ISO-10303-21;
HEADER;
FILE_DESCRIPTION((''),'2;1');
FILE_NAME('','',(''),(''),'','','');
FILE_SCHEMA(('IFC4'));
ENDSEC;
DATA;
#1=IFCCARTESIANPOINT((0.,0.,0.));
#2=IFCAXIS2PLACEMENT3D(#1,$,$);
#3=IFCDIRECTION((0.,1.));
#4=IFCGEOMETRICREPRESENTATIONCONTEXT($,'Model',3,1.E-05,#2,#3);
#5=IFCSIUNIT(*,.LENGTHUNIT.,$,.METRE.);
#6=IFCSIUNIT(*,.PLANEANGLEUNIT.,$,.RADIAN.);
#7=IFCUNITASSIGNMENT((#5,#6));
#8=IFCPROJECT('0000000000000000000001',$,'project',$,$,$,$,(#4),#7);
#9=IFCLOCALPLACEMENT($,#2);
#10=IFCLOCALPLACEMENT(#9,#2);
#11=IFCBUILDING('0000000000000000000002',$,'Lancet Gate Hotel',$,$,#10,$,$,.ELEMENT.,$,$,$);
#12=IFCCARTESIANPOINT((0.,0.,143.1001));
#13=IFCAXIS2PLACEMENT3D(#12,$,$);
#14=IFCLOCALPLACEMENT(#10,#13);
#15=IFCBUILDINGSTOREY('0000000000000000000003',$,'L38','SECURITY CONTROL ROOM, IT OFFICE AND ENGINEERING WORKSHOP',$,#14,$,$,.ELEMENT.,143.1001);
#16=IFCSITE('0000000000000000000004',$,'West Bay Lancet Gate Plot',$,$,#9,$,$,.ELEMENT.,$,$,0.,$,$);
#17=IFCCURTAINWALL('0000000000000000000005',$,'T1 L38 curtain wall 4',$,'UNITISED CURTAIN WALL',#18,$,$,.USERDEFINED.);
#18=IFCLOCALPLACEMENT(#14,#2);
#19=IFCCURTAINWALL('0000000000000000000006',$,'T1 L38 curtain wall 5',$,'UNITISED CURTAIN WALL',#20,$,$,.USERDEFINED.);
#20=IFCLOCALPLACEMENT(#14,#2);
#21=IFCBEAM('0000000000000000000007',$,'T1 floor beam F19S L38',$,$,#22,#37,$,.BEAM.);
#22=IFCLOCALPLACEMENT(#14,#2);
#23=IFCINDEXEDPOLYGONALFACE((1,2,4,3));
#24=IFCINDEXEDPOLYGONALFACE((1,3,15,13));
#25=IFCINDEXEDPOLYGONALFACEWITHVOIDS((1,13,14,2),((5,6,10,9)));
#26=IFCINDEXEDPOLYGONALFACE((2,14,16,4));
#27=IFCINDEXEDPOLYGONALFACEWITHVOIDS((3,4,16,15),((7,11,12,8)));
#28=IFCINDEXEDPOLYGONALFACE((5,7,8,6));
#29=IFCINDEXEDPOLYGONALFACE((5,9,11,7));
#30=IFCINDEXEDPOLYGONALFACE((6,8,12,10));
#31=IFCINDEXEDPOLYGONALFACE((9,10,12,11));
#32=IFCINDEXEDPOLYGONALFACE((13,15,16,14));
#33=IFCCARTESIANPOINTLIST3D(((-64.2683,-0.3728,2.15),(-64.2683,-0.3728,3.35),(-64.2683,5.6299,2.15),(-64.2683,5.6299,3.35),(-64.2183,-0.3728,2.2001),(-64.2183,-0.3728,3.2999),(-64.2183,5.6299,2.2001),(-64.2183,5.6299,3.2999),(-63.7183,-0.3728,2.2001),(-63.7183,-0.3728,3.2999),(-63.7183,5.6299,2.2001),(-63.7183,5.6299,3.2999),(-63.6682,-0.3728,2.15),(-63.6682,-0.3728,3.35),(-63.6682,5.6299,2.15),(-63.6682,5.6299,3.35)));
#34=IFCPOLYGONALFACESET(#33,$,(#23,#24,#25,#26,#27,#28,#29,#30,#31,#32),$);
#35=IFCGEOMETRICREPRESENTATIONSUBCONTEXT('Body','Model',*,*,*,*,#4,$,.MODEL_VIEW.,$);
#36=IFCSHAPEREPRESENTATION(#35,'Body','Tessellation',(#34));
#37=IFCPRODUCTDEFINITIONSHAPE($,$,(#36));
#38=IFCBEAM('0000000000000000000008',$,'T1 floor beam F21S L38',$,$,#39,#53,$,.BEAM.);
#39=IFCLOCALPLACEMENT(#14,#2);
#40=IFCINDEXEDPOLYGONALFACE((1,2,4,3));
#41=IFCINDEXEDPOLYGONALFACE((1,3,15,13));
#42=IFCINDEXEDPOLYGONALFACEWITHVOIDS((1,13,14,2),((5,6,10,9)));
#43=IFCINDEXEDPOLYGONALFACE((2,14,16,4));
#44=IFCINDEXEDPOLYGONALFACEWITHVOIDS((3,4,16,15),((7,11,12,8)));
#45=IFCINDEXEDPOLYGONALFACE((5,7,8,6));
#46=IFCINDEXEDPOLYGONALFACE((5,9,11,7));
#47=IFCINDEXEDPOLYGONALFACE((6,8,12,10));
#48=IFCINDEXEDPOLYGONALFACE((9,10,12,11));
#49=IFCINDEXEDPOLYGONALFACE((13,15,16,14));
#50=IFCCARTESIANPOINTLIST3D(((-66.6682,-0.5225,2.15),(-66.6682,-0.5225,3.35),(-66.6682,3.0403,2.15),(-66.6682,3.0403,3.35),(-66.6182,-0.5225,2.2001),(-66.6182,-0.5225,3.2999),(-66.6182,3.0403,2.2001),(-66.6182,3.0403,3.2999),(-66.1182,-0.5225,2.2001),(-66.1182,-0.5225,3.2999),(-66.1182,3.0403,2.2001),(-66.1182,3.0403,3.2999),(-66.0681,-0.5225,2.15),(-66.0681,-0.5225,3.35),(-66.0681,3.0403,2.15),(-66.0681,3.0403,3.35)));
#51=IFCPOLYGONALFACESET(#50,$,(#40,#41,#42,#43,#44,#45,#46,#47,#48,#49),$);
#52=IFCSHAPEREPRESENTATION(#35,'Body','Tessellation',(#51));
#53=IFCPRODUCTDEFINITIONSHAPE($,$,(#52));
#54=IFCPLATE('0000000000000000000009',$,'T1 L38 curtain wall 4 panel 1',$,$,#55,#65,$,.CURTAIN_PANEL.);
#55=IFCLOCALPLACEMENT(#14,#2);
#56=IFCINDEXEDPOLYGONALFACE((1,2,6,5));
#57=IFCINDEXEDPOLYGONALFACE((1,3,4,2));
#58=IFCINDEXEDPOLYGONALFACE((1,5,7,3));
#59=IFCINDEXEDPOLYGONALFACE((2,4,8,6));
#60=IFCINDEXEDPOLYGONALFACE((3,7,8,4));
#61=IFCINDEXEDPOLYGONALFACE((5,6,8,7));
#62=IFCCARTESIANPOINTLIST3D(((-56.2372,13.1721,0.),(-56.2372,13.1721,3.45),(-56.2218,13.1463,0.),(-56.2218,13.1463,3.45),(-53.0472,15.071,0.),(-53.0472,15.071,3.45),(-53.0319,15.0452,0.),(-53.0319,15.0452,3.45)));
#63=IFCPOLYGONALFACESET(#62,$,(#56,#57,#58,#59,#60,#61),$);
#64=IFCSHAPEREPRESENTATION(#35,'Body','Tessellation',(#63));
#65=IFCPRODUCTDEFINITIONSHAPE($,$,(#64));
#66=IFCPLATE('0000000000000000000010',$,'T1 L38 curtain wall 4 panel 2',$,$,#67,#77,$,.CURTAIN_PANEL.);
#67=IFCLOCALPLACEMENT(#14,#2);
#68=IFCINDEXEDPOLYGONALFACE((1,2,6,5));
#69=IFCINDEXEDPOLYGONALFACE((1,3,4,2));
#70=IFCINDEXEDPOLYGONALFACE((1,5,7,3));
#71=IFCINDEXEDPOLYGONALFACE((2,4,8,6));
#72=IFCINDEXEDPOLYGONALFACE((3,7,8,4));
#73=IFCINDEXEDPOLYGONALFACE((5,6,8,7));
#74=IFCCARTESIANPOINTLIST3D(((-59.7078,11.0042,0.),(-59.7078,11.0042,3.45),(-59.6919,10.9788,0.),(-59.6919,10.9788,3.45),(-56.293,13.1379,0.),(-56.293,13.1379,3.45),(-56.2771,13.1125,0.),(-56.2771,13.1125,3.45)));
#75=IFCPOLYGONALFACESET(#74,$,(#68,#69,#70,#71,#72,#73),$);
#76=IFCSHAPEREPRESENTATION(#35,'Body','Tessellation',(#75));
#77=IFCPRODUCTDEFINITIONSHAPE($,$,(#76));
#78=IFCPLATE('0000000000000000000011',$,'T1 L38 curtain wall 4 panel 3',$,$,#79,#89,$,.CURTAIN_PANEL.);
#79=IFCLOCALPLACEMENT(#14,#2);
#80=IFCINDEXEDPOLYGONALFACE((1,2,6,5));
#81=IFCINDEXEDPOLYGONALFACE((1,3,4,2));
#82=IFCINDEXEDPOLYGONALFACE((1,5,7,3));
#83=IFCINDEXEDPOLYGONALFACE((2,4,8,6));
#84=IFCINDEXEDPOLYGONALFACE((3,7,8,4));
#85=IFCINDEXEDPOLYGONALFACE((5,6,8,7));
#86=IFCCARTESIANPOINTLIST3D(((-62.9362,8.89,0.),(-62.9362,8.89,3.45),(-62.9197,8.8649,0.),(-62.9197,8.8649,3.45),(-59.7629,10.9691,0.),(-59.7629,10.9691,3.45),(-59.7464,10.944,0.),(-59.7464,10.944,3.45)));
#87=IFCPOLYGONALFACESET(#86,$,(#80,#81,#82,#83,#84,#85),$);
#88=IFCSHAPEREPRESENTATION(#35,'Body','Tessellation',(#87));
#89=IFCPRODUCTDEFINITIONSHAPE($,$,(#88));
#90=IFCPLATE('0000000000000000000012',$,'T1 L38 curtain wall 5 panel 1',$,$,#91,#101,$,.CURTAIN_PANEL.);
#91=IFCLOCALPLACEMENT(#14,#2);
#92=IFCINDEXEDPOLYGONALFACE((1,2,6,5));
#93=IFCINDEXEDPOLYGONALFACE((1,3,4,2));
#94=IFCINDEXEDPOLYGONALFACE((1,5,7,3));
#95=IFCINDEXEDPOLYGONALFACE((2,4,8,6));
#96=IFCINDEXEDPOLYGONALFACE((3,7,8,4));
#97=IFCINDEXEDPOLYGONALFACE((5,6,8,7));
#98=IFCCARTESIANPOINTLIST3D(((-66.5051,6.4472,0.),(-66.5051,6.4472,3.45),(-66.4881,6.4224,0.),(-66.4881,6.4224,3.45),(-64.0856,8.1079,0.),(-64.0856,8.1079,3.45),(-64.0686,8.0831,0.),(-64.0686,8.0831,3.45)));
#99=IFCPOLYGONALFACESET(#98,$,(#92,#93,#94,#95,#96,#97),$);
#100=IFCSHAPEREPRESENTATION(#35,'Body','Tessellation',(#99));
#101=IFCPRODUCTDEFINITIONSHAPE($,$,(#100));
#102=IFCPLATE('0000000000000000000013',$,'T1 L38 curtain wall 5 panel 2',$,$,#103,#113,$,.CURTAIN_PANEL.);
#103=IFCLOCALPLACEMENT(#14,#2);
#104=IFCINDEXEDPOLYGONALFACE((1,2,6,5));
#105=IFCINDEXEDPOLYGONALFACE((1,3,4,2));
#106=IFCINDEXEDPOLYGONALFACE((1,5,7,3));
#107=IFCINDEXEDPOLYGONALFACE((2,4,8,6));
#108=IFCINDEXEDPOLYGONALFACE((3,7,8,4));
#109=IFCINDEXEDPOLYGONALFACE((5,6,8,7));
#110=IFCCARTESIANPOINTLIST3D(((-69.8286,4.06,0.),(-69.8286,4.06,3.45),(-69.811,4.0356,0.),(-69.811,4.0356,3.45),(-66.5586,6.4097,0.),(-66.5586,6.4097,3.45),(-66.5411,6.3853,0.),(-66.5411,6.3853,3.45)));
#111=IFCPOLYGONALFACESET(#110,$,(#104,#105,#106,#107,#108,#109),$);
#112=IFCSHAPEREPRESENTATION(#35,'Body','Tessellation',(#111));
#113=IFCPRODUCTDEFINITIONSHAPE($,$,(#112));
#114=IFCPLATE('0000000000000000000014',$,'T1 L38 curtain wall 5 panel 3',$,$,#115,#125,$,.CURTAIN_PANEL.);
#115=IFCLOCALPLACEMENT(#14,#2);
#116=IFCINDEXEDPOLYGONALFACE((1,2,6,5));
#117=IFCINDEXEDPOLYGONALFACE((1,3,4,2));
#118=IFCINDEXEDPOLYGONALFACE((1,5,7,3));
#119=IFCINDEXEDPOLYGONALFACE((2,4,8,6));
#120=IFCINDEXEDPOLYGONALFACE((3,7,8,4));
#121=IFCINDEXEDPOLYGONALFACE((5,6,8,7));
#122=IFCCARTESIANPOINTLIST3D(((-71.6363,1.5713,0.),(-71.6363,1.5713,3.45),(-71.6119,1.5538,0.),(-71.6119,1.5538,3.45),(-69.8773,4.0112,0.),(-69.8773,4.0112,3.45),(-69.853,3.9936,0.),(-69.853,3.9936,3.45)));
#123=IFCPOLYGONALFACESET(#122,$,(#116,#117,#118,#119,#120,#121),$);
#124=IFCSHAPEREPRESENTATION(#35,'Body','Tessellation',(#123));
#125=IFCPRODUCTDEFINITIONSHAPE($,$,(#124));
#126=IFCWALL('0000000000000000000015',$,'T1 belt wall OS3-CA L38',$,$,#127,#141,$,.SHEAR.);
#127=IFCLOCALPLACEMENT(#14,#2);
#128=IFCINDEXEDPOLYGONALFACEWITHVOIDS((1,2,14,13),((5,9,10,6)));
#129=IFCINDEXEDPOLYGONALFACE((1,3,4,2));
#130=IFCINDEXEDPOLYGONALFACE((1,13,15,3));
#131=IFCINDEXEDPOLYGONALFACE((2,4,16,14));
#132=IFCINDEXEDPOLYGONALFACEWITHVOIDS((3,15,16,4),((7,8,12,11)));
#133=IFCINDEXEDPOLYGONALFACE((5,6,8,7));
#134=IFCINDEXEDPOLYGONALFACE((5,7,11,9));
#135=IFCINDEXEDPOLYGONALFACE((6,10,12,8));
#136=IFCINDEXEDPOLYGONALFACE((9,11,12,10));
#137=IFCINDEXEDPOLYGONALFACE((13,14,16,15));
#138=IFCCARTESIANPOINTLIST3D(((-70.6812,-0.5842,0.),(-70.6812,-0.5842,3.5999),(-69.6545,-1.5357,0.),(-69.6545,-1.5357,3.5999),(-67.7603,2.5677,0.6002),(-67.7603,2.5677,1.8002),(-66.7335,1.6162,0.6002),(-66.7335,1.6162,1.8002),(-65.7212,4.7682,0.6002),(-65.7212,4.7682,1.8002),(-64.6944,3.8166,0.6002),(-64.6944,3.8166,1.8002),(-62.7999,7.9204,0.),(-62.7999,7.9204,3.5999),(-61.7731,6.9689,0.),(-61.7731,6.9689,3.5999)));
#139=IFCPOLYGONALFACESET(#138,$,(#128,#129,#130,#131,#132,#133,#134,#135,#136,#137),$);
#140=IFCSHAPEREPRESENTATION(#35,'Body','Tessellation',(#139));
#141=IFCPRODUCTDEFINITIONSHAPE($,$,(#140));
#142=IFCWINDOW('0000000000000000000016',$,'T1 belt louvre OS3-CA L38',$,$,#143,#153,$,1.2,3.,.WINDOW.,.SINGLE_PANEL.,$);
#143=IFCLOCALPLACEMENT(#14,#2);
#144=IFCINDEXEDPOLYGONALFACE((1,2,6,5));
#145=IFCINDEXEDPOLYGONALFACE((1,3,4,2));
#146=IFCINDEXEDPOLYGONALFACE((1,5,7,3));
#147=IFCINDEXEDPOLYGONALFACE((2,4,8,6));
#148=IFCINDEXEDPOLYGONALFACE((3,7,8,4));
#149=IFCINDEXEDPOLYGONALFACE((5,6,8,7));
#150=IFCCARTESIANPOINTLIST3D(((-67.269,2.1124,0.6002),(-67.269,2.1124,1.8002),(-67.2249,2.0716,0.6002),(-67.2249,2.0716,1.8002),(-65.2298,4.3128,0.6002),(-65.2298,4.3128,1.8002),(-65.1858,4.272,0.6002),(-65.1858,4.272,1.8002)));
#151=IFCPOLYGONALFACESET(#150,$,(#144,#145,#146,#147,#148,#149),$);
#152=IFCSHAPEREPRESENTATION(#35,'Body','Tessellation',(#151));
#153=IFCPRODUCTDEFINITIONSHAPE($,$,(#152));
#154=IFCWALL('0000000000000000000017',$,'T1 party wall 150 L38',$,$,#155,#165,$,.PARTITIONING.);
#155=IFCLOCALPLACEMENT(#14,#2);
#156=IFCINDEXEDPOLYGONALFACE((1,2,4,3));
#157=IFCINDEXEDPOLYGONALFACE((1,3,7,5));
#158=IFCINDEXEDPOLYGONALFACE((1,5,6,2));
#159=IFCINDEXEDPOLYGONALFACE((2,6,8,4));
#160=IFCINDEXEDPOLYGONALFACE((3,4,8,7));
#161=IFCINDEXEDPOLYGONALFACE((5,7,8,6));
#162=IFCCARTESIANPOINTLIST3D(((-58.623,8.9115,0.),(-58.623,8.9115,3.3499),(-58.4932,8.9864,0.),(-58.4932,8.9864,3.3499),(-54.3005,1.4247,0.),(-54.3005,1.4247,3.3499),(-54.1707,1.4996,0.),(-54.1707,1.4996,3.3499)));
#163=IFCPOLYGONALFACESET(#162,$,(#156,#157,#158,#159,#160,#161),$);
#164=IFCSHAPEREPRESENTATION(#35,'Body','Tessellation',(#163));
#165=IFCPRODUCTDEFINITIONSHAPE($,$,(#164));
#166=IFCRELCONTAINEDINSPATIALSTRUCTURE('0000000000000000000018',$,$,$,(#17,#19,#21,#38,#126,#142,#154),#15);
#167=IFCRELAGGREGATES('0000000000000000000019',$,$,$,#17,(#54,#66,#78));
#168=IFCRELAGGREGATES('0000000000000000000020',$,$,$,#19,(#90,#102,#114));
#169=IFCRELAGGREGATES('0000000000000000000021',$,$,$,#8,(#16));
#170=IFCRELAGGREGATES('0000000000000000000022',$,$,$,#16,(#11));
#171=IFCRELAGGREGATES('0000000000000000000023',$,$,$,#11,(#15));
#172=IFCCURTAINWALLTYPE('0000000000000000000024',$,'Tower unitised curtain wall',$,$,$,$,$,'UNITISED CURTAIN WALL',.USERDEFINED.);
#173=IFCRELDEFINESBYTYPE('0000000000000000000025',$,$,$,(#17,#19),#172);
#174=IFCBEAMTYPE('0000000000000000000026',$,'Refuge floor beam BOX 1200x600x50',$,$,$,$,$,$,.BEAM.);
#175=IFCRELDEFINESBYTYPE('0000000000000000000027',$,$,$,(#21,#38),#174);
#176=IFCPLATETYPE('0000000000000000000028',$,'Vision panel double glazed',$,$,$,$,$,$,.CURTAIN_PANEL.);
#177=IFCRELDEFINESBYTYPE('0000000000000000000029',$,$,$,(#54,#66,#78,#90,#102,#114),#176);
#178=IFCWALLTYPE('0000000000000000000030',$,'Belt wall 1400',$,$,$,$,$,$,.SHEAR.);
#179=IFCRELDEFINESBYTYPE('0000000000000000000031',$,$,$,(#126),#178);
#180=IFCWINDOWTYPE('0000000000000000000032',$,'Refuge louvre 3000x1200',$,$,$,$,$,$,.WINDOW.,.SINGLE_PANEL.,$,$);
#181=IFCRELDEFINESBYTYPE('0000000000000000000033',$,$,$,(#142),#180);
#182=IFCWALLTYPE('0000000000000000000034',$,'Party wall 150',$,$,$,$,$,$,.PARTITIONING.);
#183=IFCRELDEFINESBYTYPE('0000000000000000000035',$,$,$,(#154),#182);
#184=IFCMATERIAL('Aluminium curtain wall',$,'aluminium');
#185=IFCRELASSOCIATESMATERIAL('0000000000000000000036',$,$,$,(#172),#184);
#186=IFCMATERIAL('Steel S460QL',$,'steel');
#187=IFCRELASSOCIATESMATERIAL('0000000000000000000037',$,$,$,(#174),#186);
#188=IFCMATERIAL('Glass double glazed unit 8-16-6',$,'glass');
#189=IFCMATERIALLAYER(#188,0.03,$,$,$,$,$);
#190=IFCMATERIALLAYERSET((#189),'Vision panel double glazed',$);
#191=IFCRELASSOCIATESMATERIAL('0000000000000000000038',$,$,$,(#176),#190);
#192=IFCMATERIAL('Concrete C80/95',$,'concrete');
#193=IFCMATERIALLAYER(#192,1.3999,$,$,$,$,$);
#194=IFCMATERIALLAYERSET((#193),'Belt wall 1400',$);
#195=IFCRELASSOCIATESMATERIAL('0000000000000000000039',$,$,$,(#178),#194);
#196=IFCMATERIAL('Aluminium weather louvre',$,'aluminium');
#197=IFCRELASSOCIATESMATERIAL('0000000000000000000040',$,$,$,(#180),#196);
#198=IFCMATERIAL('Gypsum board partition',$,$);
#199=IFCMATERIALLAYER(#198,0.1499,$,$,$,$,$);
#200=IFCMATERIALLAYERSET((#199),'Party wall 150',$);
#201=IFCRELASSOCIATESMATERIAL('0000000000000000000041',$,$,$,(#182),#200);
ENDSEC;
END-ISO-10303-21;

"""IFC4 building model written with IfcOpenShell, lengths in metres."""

from ifc_helpers import new_model, si_unit, direction, frame, frame_2d, origin, origin_2d, place, context, subcontext, project, spatial, rectangle, hollow_rectangle, extrude, material, layer, layer_set, material_profile, profile_set, type_object, element, fill, aggregate, save


model = new_model("IFC4")

# Units and contexts
model_context = context("Model", 3, precision=1e-05, world=origin(), true_north=direction((0.0, 1.0)))
body_context = subcontext(model_context, "Body", "Model", "MODEL_VIEW")
ifc_project = project(units=[si_unit("LENGTHUNIT", "METRE"), si_unit("PLANEANGLEUNIT", "RADIAN")], contexts=[model_context])

# Site, building, storey
site_placement = place(None, origin())
site = spatial("IfcSite", under=ifc_project, at=site_placement, Name="West Bay Lancet Gate Plot", CompositionType="ELEMENT", RefElevation=0.0)
building_placement = place(site_placement, origin())
building = spatial("IfcBuilding", under=site, at=building_placement, Name="Lancet Gate Hotel", CompositionType="ELEMENT")
storey_placement = place(building_placement, frame((0.0, 0.0, 143.1001)))
storey = spatial("IfcBuildingStorey", under=building, at=storey_placement, Name="L38", Description="SECURITY CONTROL ROOM, IT OFFICE AND ENGINEERING WORKSHOP", CompositionType="ELEMENT", Elevation=143.1001)

# Curtain walls
ifc_material_1 = material(Name="Aluminium curtain wall", Category="aluminium")
curtain_wall_type = type_object("IfcCurtainWallType", Name="Tower unitised curtain wall", ElementType="UNITISED CURTAIN WALL", PredefinedType="USERDEFINED", material=ifc_material_1)
curtain_wall_1_placement = place(storey_placement, origin())
curtain_wall_1 = element("IfcCurtainWall", 1, at=curtain_wall_1_placement, inside=storey, type_object=curtain_wall_type, Name="T1 L38 curtain wall 4", ObjectType="UNITISED CURTAIN WALL", PredefinedType="USERDEFINED")
curtain_wall_2_placement = place(storey_placement, origin())
curtain_wall_2 = element("IfcCurtainWall", 2, at=curtain_wall_2_placement, inside=storey, type_object=curtain_wall_type, Name="T1 L38 curtain wall 5", ObjectType="UNITISED CURTAIN WALL", PredefinedType="USERDEFINED")

# Beams
ifc_material_2 = material(Name="Steel S460QL", Category="steel")
ifc_material_profile_1 = material_profile(ifc_material_2, hollow_rectangle(XDim=0.6001, YDim=1.2, WallThickness=0.05, at=origin_2d()), Name="BOX 1200x600x50")
ifc_profile_set_1 = profile_set([ifc_material_profile_1], Name="Steel S460QL")
beam_type = type_object("IfcBeamType", Name="Refuge floor beam BOX 1200x600x50", PredefinedType="BEAM", material=ifc_profile_set_1)
beam_1_placement = place(storey_placement, frame((-63.9683, 5.6299, 2.75), z_axis=(0.0, -1.0, 0.0), x_axis=(1.0, 0.0, 0.0)))
element("IfcBeam", 3, at=beam_1_placement, inside=storey, type_object=beam_type, Name="T1 floor beam F19S L38", PredefinedType="BEAM", context=body_context, shape_type="SweptSolid", body=[
    extrude(hollow_rectangle(XDim=0.6001, YDim=1.2, WallThickness=0.05, at=origin_2d()), origin(), (0.0, 0.0, 1.0), 6.0027),
])
beam_2_placement = place(storey_placement, frame((-66.3682, 3.0403, 2.75), z_axis=(0.0, -1.0, 0.0), x_axis=(1.0, 0.0, 0.0)))
element("IfcBeam", 4, at=beam_2_placement, inside=storey, type_object=beam_type, Name="T1 floor beam F21S L38", PredefinedType="BEAM", context=body_context, shape_type="SweptSolid", body=[
    extrude(hollow_rectangle(XDim=0.6001, YDim=1.2, WallThickness=0.05, at=origin_2d()), origin(), (0.0, 0.0, 1.0), 3.5627),
])

# Plates
ifc_material_3 = material(Name="Glass double glazed unit 8-16-6", Category="glass")
ifc_layer_1 = layer(ifc_material_3, 0.03)
ifc_layer_set_1 = layer_set([ifc_layer_1], Name="Vision panel double glazed")
plate_type = type_object("IfcPlateType", Name="Vision panel double glazed", PredefinedType="CURTAIN_PANEL", material=ifc_layer_set_1)
plate_1_placement = place(storey_placement, frame((-54.6345, 14.1086, 0.0), z_axis=(0.0, 0.0, 1.0), x_axis=(-0.859271, -0.51152, 0.0)))
plate_1 = element("IfcPlate", 5, at=plate_1_placement, type_object=plate_type, Name="T1 L38 curtain wall 4 panel 1", PredefinedType="CURTAIN_PANEL", context=body_context, shape_type="SweptSolid", body=[
    extrude(rectangle(XDim=3.7124, YDim=0.03, at=origin_2d()), origin(), (0.0, 0.0, 1.0), 3.45),
])
plate_2_placement = place(storey_placement, frame((-57.9924, 12.0583, 0.0), z_axis=(0.0, 0.0, 1.0), x_axis=(-0.848061, -0.529899, 0.0)))
plate_2 = element("IfcPlate", 6, at=plate_2_placement, type_object=plate_type, Name="T1 L38 curtain wall 4 panel 2", PredefinedType="CURTAIN_PANEL", context=body_context, shape_type="SweptSolid", body=[
    extrude(rectangle(XDim=4.0266, YDim=0.03, at=origin_2d()), origin(), (0.0, 0.0, 1.0), 3.45),
])
plate_3_placement = place(storey_placement, frame((-61.3413, 9.917, 0.0), z_axis=(0.0, 0.0, 1.0), x_axis=(-0.836458, -0.548032, 0.0)))
plate_3 = element("IfcPlate", 7, at=plate_3_placement, type_object=plate_type, Name="T1 L38 curtain wall 4 panel 3", PredefinedType="CURTAIN_PANEL", context=body_context, shape_type="SweptSolid", body=[
    extrude(rectangle(XDim=3.7937, YDim=0.03, at=origin_2d()), origin(), (0.0, 0.0, 1.0), 3.45),
])
aggregate(curtain_wall_1, [plate_1, plate_2, plate_3])
plate_4_placement = place(storey_placement, frame((-65.2869, 7.2651, 0.0), z_axis=(0.0, 0.0, 1.0), x_axis=(-0.824466, -0.565911, 0.0)))
plate_4 = element("IfcPlate", 8, at=plate_4_placement, type_object=plate_type, Name="T1 L38 curtain wall 5 panel 1", PredefinedType="CURTAIN_PANEL", context=body_context, shape_type="SweptSolid", body=[
    extrude(rectangle(XDim=2.9346, YDim=0.03, at=origin_2d()), origin(), (0.0, 0.0, 1.0), 3.45),
])
plate_5_placement = place(storey_placement, frame((-68.1848, 5.2227, 0.0), z_axis=(0.0, 0.0, 1.0), x_axis=(-0.812093, -0.583528, 0.0)))
plate_5 = element("IfcPlate", 9, at=plate_5_placement, type_object=plate_type, Name="T1 L38 curtain wall 5 panel 2", PredefinedType="CURTAIN_PANEL", context=body_context, shape_type="SweptSolid", body=[
    extrude(rectangle(XDim=4.0266, YDim=0.03, at=origin_2d()), origin(), (0.0, 0.0, 1.0), 3.45),
])
plate_6_placement = place(storey_placement, frame((-70.7446, 2.7825, 0.0), z_axis=(0.0, 0.0, 1.0), x_axis=(-0.584809, -0.811171, 0.0)))
plate_6 = element("IfcPlate", 10, at=plate_6_placement, type_object=plate_type, Name="T1 L38 curtain wall 5 panel 3", PredefinedType="CURTAIN_PANEL", context=body_context, shape_type="SweptSolid", body=[
    extrude(rectangle(XDim=3.0078, YDim=0.03, at=origin_2d()), origin(), (0.0, 0.0, 1.0), 3.45),
])
aggregate(curtain_wall_2, [plate_4, plate_5, plate_6])

# Wall, opening, window
ifc_material_4 = material(Name="Concrete C80/95", Category="concrete")
ifc_layer_2 = layer(ifc_material_4, 1.3999)
ifc_layer_set_2 = layer_set([ifc_layer_2], Name="Belt wall 1400")
wall_type_1 = type_object("IfcWallType", Name="Belt wall 1400", PredefinedType="SHEAR", material=ifc_layer_set_2)
wall_1_placement = place(storey_placement, frame((-62.2866, 7.4446, 0.0), z_axis=(0.0, 0.0, 1.0), x_axis=(-0.679718, -0.733473, 0.0)))
wall_1 = element("IfcWall", 11, at=wall_1_placement, inside=storey, type_object=wall_type_1, Name="T1 belt wall OS3-CA L38", PredefinedType="SHEAR", context=body_context, shape_type="SweptSolid", body=[
    extrude(rectangle(XDim=11.595, YDim=1.3999, at=frame_2d((5.7974, 0.0))), origin(), (0.0, 0.0, 1.0), 3.5999),
])
opening_placement = place(wall_1_placement, frame((4.2976, 0.0, 0.6001)))
opening = element("IfcOpeningElement", 12, at=opening_placement, cuts=wall_1, PredefinedType="OPENING", context=body_context, shape_type="SweptSolid", body=[
    extrude(rectangle(XDim=3.0, YDim=1.2, at=frame_2d((1.5, 0.6001))), frame((0.0, 0.71, 0.0), z_axis=(0.0, -1.0, 0.0), x_axis=(1.0, 0.0, 0.0)), (0.0, 0.0, 1.0), 1.4199),
])
ifc_material_5 = material(Name="Aluminium weather louvre", Category="aluminium")
window_type = type_object("IfcWindowType", Name="Refuge louvre 3000x1200", PartitioningType="SINGLE_PANEL", PredefinedType="WINDOW", material=ifc_material_5)
window_placement = place(opening_placement, origin())
window = element("IfcWindow", 13, at=window_placement, inside=storey, type_object=window_type, Name="T1 belt louvre OS3-CA L38", OverallHeight=1.2, OverallWidth=3.0, PartitioningType="SINGLE_PANEL", PredefinedType="WINDOW", context=body_context, shape_type="SweptSolid", body=[
    extrude(rectangle(XDim=3.0, YDim=1.2, at=frame_2d((1.5, 0.6001))), frame((0.0, 0.03, 0.0), z_axis=(0.0, -1.0, 0.0), x_axis=(1.0, 0.0, 0.0)), (0.0, 0.0, 1.0), 0.0601),
])
fill(opening, window)

# Wall
ifc_material_6 = material(Name="Gypsum board partition")
ifc_layer_3 = layer(ifc_material_6, 0.1499)
ifc_layer_set_3 = layer_set([ifc_layer_3], Name="Party wall 150")
wall_type_2 = type_object("IfcWallType", Name="Party wall 150", PredefinedType="PARTITIONING", material=ifc_layer_set_3)
wall_2_placement = place(storey_placement, frame((-54.2356, 1.4622, 0.0), z_axis=(0.0, 0.0, 1.0), x_axis=(-0.5, 0.866026, 0.0)))
element("IfcWall", 14, at=wall_2_placement, inside=storey, type_object=wall_type_2, Name="T1 party wall 150 L38", PredefinedType="PARTITIONING", context=body_context, shape_type="SweptSolid", body=[
    extrude(rectangle(XDim=8.645, YDim=0.1499, at=frame_2d((4.3225, 0.0))), origin(), (0.0, 0.0, 1.0), 3.3499),
])

save(model, "model.ifc")
